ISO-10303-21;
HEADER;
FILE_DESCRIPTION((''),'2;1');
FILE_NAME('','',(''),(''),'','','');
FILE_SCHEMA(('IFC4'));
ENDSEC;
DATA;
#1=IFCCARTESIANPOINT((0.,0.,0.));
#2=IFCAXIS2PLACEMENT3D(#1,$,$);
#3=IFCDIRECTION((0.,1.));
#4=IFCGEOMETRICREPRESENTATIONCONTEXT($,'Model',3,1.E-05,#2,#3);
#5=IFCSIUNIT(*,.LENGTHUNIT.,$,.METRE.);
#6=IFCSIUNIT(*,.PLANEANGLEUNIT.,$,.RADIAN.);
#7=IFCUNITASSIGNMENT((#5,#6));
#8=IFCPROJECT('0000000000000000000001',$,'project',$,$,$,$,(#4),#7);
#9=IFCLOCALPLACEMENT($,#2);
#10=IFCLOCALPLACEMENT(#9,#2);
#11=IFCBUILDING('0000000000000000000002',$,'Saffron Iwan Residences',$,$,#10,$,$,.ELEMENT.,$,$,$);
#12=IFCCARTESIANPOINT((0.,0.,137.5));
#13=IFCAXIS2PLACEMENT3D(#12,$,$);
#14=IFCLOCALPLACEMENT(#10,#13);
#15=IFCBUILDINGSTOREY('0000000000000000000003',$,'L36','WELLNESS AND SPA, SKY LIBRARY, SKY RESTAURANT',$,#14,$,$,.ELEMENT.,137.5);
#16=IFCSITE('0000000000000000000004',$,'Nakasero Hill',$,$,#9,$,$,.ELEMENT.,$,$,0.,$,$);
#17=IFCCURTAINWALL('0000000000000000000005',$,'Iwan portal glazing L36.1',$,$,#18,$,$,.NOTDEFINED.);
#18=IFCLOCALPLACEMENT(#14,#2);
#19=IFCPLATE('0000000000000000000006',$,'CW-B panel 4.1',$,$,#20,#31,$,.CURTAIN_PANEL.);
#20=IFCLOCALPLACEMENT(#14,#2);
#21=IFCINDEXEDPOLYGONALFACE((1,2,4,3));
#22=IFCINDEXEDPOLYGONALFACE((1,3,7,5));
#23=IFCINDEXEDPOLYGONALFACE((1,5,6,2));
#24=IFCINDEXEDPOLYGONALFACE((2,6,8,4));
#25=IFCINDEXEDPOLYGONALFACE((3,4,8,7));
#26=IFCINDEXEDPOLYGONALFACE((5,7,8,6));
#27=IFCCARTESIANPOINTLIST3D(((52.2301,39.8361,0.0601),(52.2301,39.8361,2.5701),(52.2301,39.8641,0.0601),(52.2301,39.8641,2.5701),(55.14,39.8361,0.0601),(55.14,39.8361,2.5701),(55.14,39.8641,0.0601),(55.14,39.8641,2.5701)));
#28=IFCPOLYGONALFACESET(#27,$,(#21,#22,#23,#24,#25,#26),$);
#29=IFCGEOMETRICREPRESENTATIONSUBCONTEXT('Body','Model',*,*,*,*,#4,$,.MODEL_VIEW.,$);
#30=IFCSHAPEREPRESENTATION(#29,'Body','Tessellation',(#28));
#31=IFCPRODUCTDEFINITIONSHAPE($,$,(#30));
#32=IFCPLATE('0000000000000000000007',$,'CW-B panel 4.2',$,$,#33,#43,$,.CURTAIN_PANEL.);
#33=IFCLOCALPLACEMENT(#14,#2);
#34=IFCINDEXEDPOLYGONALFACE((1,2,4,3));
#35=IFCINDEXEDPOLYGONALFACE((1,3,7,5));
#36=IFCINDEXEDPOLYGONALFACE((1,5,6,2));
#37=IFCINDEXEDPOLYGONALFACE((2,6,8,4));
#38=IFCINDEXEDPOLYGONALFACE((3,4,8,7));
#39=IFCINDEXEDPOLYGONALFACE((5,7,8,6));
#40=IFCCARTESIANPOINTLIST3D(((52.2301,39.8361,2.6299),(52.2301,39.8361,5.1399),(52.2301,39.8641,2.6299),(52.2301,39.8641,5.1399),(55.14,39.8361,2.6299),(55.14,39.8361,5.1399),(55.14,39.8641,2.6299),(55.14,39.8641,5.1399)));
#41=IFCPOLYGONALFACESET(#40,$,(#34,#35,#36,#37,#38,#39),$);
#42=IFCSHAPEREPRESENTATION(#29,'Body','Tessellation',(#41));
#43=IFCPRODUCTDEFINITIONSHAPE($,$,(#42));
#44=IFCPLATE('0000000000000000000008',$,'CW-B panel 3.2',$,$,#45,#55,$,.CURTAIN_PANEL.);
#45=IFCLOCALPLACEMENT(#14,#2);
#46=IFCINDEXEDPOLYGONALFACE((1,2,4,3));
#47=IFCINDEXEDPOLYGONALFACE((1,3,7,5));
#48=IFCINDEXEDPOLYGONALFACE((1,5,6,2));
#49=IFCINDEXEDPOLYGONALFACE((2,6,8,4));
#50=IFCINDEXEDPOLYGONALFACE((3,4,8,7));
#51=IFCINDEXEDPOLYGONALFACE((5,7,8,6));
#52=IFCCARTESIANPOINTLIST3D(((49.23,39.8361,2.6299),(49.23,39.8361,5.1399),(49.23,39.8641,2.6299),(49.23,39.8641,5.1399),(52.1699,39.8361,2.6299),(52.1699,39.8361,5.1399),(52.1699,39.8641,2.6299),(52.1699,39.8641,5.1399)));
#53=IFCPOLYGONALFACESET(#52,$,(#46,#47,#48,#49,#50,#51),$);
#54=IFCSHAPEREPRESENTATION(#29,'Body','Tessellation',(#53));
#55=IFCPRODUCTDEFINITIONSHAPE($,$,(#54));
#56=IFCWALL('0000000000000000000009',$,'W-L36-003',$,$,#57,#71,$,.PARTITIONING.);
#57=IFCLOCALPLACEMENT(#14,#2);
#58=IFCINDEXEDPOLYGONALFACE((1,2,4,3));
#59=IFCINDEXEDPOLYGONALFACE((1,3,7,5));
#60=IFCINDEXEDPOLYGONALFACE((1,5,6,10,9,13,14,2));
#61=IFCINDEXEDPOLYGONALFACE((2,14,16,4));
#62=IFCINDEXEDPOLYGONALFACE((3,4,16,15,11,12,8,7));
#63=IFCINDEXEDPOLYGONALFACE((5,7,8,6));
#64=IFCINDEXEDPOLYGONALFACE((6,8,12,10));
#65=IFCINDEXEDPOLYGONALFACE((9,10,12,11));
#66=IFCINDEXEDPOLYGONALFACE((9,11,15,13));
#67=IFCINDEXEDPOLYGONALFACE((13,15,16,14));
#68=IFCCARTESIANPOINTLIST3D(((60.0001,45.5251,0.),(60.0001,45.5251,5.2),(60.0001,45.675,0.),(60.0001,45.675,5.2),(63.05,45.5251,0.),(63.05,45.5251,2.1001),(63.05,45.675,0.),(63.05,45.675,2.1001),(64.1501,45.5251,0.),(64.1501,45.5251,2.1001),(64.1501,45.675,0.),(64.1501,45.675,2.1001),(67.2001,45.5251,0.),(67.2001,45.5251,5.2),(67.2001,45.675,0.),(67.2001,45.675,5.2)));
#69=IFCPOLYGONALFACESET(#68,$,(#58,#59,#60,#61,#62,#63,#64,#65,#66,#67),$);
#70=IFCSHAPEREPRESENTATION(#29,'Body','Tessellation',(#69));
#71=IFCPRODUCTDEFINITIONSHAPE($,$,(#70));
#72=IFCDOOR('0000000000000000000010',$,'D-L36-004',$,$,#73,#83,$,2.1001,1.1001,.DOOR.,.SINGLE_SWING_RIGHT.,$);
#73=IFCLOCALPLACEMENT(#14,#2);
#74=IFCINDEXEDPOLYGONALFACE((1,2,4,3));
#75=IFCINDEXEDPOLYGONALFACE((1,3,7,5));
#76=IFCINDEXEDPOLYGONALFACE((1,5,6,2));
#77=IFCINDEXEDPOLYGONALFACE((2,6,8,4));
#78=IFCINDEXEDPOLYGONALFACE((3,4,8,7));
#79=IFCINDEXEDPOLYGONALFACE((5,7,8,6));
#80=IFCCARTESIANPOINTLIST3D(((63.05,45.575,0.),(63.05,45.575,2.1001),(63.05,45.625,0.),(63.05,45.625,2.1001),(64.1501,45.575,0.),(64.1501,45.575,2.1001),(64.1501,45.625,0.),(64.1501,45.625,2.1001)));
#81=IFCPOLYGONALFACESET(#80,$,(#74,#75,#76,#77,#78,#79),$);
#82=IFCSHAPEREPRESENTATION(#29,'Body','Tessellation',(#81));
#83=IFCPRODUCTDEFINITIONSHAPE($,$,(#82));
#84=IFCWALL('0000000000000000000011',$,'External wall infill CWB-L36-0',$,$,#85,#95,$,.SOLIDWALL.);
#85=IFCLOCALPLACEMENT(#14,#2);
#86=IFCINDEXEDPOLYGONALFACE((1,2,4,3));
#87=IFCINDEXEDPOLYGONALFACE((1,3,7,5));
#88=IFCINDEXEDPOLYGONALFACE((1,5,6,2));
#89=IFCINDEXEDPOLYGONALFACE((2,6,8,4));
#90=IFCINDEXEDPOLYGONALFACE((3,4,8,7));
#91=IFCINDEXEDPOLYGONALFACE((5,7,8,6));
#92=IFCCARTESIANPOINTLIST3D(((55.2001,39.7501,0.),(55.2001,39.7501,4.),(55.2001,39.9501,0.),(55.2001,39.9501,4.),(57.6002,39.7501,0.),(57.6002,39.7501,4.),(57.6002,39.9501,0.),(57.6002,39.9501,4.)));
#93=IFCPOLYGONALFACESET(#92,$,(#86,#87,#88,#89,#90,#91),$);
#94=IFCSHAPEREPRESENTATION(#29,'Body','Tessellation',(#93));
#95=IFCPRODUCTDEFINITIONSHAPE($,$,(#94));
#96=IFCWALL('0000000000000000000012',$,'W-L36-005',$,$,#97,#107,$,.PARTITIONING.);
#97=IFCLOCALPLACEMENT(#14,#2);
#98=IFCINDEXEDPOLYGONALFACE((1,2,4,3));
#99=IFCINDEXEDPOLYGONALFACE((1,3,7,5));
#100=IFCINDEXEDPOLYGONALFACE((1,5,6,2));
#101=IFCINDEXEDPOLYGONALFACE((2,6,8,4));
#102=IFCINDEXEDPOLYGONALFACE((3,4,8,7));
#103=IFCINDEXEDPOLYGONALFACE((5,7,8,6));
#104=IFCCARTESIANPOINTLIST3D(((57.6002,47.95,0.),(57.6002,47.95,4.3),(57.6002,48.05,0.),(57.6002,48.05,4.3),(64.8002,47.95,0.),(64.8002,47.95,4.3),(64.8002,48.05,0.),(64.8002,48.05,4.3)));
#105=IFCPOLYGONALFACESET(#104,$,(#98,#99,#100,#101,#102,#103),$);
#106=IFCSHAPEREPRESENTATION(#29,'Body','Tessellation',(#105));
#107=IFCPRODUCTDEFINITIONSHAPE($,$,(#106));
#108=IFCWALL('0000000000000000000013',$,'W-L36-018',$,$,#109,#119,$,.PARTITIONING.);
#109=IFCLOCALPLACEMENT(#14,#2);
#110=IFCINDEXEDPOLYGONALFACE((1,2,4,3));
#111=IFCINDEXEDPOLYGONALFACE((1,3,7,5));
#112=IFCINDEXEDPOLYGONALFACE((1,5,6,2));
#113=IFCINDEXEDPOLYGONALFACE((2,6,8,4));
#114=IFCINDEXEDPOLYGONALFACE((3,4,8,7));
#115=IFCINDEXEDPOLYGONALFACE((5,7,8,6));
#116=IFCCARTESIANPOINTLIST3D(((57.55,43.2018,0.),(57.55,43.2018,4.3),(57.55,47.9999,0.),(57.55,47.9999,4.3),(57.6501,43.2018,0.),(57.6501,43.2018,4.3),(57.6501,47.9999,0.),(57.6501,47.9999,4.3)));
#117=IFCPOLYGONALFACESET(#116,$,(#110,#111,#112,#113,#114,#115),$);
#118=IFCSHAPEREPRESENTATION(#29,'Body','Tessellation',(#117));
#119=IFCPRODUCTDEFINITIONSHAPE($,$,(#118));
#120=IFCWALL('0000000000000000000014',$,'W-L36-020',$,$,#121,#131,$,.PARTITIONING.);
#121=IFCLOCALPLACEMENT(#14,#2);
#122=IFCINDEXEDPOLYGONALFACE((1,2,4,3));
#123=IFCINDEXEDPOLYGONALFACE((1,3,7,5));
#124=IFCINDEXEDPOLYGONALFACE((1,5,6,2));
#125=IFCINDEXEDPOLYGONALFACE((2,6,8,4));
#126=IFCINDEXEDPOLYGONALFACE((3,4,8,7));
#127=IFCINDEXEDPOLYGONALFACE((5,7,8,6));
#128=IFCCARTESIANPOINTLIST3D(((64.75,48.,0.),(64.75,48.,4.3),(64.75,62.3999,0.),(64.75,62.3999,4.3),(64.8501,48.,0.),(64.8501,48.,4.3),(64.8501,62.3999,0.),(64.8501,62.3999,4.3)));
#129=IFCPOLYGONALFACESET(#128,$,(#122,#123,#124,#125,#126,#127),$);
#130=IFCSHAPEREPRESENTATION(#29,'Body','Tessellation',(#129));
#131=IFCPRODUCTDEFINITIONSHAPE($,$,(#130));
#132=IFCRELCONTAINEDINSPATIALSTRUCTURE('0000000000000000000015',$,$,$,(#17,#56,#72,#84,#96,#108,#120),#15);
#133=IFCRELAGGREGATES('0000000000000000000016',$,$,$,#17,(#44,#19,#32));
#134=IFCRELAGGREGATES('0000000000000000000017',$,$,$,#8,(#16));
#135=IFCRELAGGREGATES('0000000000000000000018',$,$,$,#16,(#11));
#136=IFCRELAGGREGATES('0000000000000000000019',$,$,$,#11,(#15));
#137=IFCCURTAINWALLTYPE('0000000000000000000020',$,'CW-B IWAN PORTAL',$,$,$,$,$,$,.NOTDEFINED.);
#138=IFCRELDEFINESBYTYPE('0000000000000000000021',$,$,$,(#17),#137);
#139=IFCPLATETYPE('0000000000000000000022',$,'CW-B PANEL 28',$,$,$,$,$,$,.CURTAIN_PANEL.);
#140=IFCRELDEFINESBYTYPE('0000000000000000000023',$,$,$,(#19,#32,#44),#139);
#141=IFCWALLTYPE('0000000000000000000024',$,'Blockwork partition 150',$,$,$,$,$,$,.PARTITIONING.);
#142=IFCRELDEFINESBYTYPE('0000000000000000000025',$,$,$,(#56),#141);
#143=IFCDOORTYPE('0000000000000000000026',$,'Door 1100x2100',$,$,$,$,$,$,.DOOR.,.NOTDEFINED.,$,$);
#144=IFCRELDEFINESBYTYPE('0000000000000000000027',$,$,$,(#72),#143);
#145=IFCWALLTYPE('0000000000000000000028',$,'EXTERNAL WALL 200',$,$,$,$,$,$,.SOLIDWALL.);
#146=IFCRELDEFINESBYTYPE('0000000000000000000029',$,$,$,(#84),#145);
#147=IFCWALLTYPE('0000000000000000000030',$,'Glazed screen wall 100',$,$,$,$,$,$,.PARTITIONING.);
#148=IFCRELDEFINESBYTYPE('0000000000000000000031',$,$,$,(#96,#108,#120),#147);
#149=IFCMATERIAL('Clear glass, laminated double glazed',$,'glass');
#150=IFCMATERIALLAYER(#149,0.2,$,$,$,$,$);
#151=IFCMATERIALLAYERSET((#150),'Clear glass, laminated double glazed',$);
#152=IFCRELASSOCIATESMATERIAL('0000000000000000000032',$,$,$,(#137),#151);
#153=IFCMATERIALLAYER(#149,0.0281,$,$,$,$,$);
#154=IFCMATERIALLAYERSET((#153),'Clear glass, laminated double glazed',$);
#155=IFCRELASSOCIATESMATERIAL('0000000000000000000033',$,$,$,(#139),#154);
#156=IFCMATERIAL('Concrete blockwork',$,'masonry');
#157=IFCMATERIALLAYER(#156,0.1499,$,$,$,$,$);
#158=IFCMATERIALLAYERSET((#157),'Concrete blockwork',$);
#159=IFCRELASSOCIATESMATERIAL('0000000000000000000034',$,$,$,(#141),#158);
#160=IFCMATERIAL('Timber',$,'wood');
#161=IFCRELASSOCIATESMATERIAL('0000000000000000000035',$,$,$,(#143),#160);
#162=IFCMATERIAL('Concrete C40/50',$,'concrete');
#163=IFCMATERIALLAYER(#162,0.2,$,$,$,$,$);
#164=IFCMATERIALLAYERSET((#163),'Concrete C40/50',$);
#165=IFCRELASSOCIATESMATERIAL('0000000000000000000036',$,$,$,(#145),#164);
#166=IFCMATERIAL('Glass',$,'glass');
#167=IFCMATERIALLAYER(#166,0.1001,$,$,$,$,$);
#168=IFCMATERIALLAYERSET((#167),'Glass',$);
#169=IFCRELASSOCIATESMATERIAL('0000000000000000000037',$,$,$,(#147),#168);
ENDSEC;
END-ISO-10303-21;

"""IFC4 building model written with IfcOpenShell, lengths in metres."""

from ifc_helpers import new_model, si_unit, direction, frame, frame_2d, origin, origin_2d, place, context, subcontext, project, spatial, rectangle, extrude, source, transform, mapped, material, layer, layer_set, type_object, element, fill, aggregate, save


model = new_model("IFC4")

# Units and contexts
model_context = context("Model", 3, precision=1e-05, world=origin(), true_north=direction((0.0, 1.0)))
body_context = subcontext(model_context, "Body", "Model", "MODEL_VIEW")
ifc_project = project(units=[si_unit("LENGTHUNIT", "METRE"), si_unit("PLANEANGLEUNIT", "RADIAN")], contexts=[model_context])

# Site, building, storey
site_placement = place(None, origin())
site = spatial("IfcSite", under=ifc_project, at=site_placement, Name="Nakasero Hill", CompositionType="ELEMENT", RefElevation=0.0)
building_placement = place(site_placement, origin())
building = spatial("IfcBuilding", under=site, at=building_placement, Name="Saffron Iwan Residences", CompositionType="ELEMENT")
storey_placement = place(building_placement, frame((0.0, 0.0, 137.5)))
storey = spatial("IfcBuildingStorey", under=building, at=storey_placement, Name="L36", Description="WELLNESS AND SPA, SKY LIBRARY, SKY RESTAURANT", CompositionType="ELEMENT", Elevation=137.5)

# Curtain wall, plates
ifc_material_1 = material(Name="Clear glass, laminated double glazed", Category="glass")
ifc_layer_1 = layer(ifc_material_1, 0.2)
ifc_layer_set_1 = layer_set([ifc_layer_1], Name="Clear glass, laminated double glazed")
curtain_wall_type = type_object("IfcCurtainWallType", Name="CW-B IWAN PORTAL", PredefinedType="NOTDEFINED", material=ifc_layer_set_1)
curtain_wall_placement = place(storey_placement, origin())
curtain_wall = element("IfcCurtainWall", 1, at=curtain_wall_placement, inside=storey, type_object=curtain_wall_type, Name="Iwan portal glazing L36.1", PredefinedType="NOTDEFINED")
ifc_layer_2 = layer(ifc_material_1, 0.0281)
ifc_layer_set_2 = layer_set([ifc_layer_2], Name="Clear glass, laminated double glazed")
plate_type = type_object("IfcPlateType", Name="CW-B PANEL 28", PredefinedType="CURTAIN_PANEL", material=ifc_layer_set_2)
shared_shape_1 = source(origin(), body_context, "Body", "SweptSolid", [
    extrude(rectangle(XDim=2.9099, YDim=0.0281, at=origin_2d()), origin(), (0.0, 0.0, 1.0), 2.51),
])
plate_1_placement = place(storey_placement, frame((53.6851, 39.8501, 0.0601), z_axis=(0.0, 0.0, 1.0), x_axis=(1.0, 0.0, 0.0)))
plate_1 = element("IfcPlate", 2, at=plate_1_placement, type_object=plate_type, Name="CW-B panel 4.1", PredefinedType="CURTAIN_PANEL", context=body_context, shape_type="MappedRepresentation", body=[
    mapped(shared_shape_1, transform((0.0, 0.0, 0.0))),
])
plate_2_placement = place(storey_placement, frame((53.6851, 39.8501, 2.6299), z_axis=(0.0, 0.0, 1.0), x_axis=(1.0, 0.0, 0.0)))
plate_2 = element("IfcPlate", 3, at=plate_2_placement, type_object=plate_type, Name="CW-B panel 4.2", PredefinedType="CURTAIN_PANEL", context=body_context, shape_type="MappedRepresentation", body=[
    mapped(shared_shape_1, transform((0.0, 0.0, 0.0))),
])
shared_shape_2 = source(origin(), body_context, "Body", "SweptSolid", [
    extrude(rectangle(XDim=2.9399, YDim=0.0281, at=origin_2d()), origin(), (0.0, 0.0, 1.0), 2.51),
])
plate_3_placement = place(storey_placement, frame((50.7, 39.8501, 2.6299), z_axis=(0.0, 0.0, 1.0), x_axis=(1.0, 0.0, 0.0)))
plate_3 = element("IfcPlate", 4, at=plate_3_placement, type_object=plate_type, Name="CW-B panel 3.2", PredefinedType="CURTAIN_PANEL", context=body_context, shape_type="MappedRepresentation", body=[
    mapped(shared_shape_2, transform((0.0, 0.0, 0.0))),
])
aggregate(curtain_wall, [plate_3, plate_1, plate_2])

# Wall, opening, door
ifc_material_2 = material(Name="Concrete blockwork", Category="masonry")
ifc_layer_3 = layer(ifc_material_2, 0.1499)
ifc_layer_set_3 = layer_set([ifc_layer_3], Name="Concrete blockwork")
wall_type_1 = type_object("IfcWallType", Name="Blockwork partition 150", PredefinedType="PARTITIONING", material=ifc_layer_set_3)
wall_1_placement = place(storey_placement, frame((60.0, 45.6001, 0.0), z_axis=(0.0, 0.0, 1.0), x_axis=(1.0, 0.0, 0.0)))
wall_1 = element("IfcWall", 5, at=wall_1_placement, inside=storey, type_object=wall_type_1, Name="W-L36-003", PredefinedType="PARTITIONING", context=body_context, shape_type="SweptSolid", body=[
    extrude(rectangle(XDim=7.2, YDim=0.1499, at=frame_2d((3.6001, 0.0))), origin(), (0.0, 0.0, 1.0), 5.2),
])
opening_placement = place(wall_1_placement, frame((3.05, 0.0, 0.0)))
opening = element("IfcOpeningElement", 6, at=opening_placement, cuts=wall_1, PredefinedType="OPENING", context=body_context, shape_type="SweptSolid", body=[
    extrude(rectangle(XDim=1.1001, YDim=2.1001, at=frame_2d((0.55, 1.05))), frame((0.0, 0.085, 0.0), z_axis=(0.0, -1.0, 0.0), x_axis=(1.0, 0.0, 0.0)), (0.0, 0.0, 1.0), 0.1699),
])
ifc_material_3 = material(Name="Timber", Category="wood")
door_type = type_object("IfcDoorType", Name="Door 1100x2100", OperationType="NOTDEFINED", PredefinedType="DOOR", material=ifc_material_3)
door_placement = place(opening_placement, origin())
door = element("IfcDoor", 7, at=door_placement, inside=storey, type_object=door_type, Name="D-L36-004", OperationType="SINGLE_SWING_RIGHT", OverallHeight=2.1001, OverallWidth=1.1001, PredefinedType="DOOR", context=body_context, shape_type="SweptSolid", body=[
    extrude(rectangle(XDim=1.1001, YDim=2.1001, at=frame_2d((0.55, 1.05))), frame((0.0, 0.0249, 0.0), z_axis=(0.0, -1.0, 0.0), x_axis=(1.0, 0.0, 0.0)), (0.0, 0.0, 1.0), 0.05),
])
fill(opening, door)

# Walls
ifc_material_4 = material(Name="Concrete C40/50", Category="concrete")
ifc_layer_4 = layer(ifc_material_4, 0.2)
ifc_layer_set_4 = layer_set([ifc_layer_4], Name="Concrete C40/50")
wall_type_2 = type_object("IfcWallType", Name="EXTERNAL WALL 200", PredefinedType="SOLIDWALL", material=ifc_layer_set_4)
wall_2_placement = place(storey_placement, frame((55.2, 39.8501, 0.0), z_axis=(0.0, 0.0, 1.0), x_axis=(1.0, 0.0, 0.0)))
element("IfcWall", 8, at=wall_2_placement, inside=storey, type_object=wall_type_2, Name="External wall infill CWB-L36-0", PredefinedType="SOLIDWALL", context=body_context, shape_type="SweptSolid", body=[
    extrude(rectangle(XDim=2.4001, YDim=0.2, at=frame_2d((1.2002, 0.0))), origin(), (0.0, 0.0, 1.0), 4.0),
])
ifc_material_5 = material(Name="Glass", Category="glass")
ifc_layer_5 = layer(ifc_material_5, 0.1001)
ifc_layer_set_5 = layer_set([ifc_layer_5], Name="Glass")
wall_type_3 = type_object("IfcWallType", Name="Glazed screen wall 100", PredefinedType="PARTITIONING", material=ifc_layer_set_5)
wall_3_placement = place(storey_placement, frame((57.6001, 48.0, 0.0), z_axis=(0.0, 0.0, 1.0), x_axis=(1.0, 0.0, 0.0)))
element("IfcWall", 9, at=wall_3_placement, inside=storey, type_object=wall_type_3, Name="W-L36-005", PredefinedType="PARTITIONING", context=body_context, shape_type="SweptSolid", body=[
    extrude(rectangle(XDim=7.2, YDim=0.1001, at=frame_2d((3.6001, 0.0))), origin(), (0.0, 0.0, 1.0), 4.3),
])
wall_4_placement = place(storey_placement, frame((57.6001, 43.2019, 0.0), z_axis=(0.0, 0.0, 1.0), x_axis=(0.0, 1.0, 0.0)))
element("IfcWall", 10, at=wall_4_placement, inside=storey, type_object=wall_type_3, Name="W-L36-018", PredefinedType="PARTITIONING", context=body_context, shape_type="SweptSolid", body=[
    extrude(rectangle(XDim=4.7981, YDim=0.1001, at=frame_2d((2.3989, 0.0))), origin(), (0.0, 0.0, 1.0), 4.3),
])
wall_5_placement = place(storey_placement, frame((64.8, 48.0, 0.0), z_axis=(0.0, 0.0, 1.0), x_axis=(0.0, 1.0, 0.0)))
element("IfcWall", 11, at=wall_5_placement, inside=storey, type_object=wall_type_3, Name="W-L36-020", PredefinedType="PARTITIONING", context=body_context, shape_type="SweptSolid", body=[
    extrude(rectangle(XDim=14.3999, YDim=0.1001, at=frame_2d((7.2, 0.0))), origin(), (0.0, 0.0, 1.0), 4.3),
])

save(model, "model.ifc")
